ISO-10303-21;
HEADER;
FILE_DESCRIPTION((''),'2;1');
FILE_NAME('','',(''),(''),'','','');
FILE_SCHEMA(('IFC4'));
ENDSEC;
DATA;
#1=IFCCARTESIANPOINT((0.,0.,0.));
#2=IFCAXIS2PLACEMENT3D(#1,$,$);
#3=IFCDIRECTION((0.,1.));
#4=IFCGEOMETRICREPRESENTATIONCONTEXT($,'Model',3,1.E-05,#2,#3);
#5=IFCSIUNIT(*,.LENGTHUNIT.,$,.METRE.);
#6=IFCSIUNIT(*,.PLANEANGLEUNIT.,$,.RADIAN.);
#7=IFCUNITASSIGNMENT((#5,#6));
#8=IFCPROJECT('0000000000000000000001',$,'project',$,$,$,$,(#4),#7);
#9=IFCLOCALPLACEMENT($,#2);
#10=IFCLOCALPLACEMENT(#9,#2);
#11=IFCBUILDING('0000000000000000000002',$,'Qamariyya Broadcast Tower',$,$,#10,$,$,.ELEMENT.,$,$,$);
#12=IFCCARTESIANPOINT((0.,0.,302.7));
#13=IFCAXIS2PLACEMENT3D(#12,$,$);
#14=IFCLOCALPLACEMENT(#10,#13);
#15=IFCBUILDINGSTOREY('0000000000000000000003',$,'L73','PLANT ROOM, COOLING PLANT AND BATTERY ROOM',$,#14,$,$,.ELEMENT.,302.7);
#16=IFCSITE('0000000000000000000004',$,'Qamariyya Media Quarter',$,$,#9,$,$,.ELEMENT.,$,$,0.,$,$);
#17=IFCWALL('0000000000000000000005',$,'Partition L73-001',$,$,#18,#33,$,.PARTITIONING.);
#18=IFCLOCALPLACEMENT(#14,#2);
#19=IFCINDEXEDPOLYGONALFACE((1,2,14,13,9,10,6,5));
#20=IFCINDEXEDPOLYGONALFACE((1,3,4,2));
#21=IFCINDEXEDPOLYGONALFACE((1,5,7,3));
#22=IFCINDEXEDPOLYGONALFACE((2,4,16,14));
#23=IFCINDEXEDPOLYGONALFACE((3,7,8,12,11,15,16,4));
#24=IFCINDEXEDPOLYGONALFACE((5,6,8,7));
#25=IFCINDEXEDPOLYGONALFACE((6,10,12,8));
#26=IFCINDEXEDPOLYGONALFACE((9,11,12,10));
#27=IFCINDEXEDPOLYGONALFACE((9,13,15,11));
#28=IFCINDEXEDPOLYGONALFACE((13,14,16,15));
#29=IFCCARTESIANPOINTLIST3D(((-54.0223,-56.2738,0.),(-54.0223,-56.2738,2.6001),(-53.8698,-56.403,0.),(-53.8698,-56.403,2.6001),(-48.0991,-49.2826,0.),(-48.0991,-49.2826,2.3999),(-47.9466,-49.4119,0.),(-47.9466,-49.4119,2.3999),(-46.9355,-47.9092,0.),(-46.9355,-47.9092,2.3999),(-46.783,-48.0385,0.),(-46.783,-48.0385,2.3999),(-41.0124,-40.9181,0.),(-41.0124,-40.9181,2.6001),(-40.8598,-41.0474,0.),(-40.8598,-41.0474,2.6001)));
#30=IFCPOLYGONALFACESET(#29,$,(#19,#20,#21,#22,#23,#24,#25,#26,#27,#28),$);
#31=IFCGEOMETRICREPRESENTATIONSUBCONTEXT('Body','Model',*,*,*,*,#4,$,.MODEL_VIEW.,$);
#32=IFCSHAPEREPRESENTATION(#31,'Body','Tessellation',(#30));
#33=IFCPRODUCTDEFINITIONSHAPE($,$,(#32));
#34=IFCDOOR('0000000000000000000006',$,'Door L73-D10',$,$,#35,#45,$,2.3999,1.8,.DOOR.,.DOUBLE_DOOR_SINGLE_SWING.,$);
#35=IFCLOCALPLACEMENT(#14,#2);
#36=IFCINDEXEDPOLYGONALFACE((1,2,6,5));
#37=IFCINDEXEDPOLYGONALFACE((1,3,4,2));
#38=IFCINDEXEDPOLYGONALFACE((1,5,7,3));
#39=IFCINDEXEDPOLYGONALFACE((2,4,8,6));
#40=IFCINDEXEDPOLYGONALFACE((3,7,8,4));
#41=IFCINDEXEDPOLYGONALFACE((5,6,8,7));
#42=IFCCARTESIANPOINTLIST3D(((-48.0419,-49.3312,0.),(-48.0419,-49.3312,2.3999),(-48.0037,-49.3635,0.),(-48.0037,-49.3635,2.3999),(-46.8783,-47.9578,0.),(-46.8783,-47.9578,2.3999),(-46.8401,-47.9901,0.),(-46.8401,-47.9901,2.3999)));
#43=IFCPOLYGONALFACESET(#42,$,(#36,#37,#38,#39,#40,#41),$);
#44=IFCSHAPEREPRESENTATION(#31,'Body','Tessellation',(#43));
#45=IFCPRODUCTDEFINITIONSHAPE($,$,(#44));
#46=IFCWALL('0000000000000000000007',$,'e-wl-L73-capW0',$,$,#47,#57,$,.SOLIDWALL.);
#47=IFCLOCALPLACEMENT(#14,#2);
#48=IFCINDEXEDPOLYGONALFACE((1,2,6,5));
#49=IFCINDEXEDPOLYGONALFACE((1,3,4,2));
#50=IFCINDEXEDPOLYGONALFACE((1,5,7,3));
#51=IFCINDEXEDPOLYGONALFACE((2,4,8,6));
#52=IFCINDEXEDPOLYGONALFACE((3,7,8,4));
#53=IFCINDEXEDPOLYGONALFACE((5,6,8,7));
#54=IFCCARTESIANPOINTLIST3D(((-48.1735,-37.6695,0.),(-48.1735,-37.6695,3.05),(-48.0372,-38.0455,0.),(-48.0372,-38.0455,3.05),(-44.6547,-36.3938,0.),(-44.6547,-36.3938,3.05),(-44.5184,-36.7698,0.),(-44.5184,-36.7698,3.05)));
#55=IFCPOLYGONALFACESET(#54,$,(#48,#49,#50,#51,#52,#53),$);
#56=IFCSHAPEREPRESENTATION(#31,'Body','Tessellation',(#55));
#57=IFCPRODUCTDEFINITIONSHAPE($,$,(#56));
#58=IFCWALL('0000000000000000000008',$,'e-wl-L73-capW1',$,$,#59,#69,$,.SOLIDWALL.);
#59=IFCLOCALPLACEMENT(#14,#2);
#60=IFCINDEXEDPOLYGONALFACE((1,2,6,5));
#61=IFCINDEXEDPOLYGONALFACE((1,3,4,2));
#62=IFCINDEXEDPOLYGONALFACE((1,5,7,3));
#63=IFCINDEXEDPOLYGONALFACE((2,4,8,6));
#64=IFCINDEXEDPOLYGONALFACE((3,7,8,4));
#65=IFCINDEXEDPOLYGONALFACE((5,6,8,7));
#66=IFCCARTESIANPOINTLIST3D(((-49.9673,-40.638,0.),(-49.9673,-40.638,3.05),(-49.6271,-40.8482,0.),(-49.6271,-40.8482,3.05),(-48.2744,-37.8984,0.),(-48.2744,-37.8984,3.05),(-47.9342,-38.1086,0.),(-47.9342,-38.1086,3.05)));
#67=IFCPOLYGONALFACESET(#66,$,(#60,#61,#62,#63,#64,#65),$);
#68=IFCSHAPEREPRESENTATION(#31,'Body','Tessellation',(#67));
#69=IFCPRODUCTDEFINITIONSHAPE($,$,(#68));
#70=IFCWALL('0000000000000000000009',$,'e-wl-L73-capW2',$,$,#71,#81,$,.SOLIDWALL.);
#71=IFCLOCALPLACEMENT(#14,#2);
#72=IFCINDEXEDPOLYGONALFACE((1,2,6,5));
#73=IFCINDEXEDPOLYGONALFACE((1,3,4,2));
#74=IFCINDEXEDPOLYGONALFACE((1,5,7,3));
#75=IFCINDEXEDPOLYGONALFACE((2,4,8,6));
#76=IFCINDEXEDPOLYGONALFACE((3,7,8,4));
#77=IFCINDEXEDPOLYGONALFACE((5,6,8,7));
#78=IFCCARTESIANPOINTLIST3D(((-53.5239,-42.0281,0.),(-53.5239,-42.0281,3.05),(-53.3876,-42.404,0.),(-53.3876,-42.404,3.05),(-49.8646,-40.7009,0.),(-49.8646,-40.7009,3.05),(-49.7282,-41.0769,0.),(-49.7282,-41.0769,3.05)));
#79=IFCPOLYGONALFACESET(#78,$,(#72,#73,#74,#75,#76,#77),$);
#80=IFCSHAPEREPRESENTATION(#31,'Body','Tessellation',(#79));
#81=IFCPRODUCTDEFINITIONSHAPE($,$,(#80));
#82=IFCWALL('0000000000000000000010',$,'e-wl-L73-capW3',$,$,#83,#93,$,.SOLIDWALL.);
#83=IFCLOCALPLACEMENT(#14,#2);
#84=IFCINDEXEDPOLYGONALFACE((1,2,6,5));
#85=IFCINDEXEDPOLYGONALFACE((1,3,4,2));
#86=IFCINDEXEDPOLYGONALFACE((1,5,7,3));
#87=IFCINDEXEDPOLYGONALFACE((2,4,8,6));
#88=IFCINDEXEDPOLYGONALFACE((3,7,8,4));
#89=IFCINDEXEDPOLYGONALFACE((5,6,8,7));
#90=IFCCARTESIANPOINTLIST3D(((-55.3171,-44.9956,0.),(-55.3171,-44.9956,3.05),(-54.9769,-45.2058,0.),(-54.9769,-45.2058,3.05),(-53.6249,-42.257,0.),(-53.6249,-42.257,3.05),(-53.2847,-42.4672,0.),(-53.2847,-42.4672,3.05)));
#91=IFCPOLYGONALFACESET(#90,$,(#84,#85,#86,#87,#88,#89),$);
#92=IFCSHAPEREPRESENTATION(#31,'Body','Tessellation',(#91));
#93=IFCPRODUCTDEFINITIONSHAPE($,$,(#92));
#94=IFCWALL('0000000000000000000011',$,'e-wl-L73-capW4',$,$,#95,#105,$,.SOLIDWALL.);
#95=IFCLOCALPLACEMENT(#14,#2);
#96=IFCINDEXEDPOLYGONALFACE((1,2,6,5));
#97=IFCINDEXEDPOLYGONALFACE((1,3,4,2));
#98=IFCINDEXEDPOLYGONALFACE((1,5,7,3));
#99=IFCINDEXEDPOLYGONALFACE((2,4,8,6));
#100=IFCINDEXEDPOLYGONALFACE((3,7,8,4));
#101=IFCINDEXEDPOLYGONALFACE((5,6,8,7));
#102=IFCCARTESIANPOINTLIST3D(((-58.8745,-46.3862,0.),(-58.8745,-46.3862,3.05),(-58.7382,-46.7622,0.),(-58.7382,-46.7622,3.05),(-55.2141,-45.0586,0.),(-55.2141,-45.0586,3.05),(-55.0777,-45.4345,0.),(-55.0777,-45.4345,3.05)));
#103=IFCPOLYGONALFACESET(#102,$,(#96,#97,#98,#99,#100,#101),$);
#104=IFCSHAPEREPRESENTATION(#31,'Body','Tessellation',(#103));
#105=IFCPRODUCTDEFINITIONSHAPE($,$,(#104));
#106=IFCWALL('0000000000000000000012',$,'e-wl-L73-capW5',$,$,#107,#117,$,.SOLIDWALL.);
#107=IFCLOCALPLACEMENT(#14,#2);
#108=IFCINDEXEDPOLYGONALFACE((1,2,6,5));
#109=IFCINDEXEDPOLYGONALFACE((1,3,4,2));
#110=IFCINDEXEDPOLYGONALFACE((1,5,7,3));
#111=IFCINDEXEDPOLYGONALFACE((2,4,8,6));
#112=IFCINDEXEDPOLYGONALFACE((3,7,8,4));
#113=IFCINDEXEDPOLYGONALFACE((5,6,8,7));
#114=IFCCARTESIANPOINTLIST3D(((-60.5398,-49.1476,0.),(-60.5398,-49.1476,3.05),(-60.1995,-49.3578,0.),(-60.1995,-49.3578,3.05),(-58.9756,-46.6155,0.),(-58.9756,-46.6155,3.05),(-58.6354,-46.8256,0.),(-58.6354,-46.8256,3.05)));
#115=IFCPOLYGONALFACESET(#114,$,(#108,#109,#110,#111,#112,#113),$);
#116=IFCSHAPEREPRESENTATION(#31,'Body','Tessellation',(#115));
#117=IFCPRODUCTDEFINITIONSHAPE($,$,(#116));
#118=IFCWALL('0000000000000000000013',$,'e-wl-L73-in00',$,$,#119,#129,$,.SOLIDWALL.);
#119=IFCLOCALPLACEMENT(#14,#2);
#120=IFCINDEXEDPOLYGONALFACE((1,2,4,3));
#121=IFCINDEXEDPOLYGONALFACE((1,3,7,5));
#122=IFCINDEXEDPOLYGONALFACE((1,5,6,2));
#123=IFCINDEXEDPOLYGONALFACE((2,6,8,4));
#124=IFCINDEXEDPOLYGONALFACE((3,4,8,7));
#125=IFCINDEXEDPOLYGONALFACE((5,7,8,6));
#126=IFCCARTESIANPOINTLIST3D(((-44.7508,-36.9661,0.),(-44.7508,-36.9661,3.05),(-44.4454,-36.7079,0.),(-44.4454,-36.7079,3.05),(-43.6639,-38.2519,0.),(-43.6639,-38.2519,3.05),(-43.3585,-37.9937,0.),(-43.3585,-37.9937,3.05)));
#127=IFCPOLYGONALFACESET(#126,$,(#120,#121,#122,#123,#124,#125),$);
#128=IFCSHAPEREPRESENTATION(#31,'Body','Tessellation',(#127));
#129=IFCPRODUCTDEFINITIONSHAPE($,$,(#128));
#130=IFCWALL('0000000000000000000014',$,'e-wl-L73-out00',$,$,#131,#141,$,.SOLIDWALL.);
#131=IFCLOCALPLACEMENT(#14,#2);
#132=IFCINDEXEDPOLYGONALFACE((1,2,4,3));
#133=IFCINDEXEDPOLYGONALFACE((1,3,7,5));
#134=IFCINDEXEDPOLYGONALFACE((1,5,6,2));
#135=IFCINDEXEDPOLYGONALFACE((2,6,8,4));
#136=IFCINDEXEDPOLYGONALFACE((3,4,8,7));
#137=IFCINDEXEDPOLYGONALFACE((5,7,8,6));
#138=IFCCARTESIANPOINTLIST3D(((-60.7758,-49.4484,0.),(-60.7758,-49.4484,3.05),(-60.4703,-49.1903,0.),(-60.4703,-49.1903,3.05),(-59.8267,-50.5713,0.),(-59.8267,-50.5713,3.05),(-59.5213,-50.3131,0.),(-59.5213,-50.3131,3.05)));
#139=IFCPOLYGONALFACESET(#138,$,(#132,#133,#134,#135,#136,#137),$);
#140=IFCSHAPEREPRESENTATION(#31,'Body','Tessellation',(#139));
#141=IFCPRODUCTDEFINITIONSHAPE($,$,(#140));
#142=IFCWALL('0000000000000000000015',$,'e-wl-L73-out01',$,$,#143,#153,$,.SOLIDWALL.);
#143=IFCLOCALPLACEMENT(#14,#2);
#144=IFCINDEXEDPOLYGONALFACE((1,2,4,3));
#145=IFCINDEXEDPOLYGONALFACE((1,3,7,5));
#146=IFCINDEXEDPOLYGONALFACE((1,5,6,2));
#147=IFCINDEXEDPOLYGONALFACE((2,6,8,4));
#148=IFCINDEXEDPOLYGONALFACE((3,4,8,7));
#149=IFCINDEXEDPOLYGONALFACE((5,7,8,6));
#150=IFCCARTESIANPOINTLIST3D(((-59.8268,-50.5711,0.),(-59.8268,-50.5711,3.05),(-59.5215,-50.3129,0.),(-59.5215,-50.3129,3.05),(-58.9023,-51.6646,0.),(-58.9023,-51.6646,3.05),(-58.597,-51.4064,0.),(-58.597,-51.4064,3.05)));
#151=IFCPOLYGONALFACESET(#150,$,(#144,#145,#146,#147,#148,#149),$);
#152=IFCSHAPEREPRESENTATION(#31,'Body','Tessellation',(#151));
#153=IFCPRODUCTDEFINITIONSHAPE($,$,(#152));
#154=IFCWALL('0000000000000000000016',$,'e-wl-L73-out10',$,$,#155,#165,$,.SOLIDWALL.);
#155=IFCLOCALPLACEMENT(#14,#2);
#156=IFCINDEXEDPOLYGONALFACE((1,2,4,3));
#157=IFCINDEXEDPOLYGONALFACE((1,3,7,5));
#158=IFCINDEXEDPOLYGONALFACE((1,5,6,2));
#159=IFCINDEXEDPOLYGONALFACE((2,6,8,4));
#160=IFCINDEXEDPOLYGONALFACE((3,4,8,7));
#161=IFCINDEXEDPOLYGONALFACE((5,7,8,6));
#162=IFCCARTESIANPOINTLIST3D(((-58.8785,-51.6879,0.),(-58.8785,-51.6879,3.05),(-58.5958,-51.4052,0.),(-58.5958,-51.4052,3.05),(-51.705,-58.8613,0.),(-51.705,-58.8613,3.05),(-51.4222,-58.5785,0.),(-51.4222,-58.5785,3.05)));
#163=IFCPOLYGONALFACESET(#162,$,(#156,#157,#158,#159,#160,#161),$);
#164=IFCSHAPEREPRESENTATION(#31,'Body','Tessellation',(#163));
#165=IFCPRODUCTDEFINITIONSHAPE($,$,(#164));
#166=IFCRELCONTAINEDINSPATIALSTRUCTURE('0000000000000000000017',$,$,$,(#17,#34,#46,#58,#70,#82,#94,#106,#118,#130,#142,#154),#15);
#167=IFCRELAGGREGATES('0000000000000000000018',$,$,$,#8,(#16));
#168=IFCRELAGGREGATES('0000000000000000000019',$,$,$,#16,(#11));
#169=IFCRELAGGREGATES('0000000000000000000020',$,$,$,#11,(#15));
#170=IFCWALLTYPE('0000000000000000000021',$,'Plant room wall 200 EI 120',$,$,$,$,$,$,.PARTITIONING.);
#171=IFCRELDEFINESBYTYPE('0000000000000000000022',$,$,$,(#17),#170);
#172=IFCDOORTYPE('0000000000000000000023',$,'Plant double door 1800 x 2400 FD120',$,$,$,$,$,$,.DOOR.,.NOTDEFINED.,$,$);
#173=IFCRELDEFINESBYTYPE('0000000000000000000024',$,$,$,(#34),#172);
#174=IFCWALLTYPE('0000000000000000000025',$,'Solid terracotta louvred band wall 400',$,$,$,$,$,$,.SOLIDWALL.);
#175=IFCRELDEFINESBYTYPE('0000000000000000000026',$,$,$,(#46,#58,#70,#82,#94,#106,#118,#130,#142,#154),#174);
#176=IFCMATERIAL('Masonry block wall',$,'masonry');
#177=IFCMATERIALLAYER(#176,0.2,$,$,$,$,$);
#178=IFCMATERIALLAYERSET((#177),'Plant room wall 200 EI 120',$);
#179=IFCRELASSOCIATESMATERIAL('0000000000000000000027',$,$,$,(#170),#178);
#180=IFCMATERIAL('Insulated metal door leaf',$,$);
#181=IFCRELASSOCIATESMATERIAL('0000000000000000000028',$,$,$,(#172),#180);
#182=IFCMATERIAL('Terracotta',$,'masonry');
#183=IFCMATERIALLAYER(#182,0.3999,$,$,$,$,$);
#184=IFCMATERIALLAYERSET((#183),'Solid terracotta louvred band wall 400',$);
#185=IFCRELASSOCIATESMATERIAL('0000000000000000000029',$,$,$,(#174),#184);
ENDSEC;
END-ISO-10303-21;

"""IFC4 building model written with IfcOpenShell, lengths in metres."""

from ifc_helpers import new_model, si_unit, direction, frame, frame_2d, origin, place, context, subcontext, project, spatial, rectangle, extrude, material, layer, layer_set, type_object, element, fill, save


model = new_model("IFC4")

# Units and contexts
model_context = context("Model", 3, precision=1e-05, world=origin(), true_north=direction((0.0, 1.0)))
body_context = subcontext(model_context, "Body", "Model", "MODEL_VIEW")
ifc_project = project(units=[si_unit("LENGTHUNIT", "METRE"), si_unit("PLANEANGLEUNIT", "RADIAN")], contexts=[model_context])

# Site, building, storey
site_placement = place(None, origin())
site = spatial("IfcSite", under=ifc_project, at=site_placement, Name="Qamariyya Media Quarter", CompositionType="ELEMENT", RefElevation=0.0)
building_placement = place(site_placement, origin())
building = spatial("IfcBuilding", under=site, at=building_placement, Name="Qamariyya Broadcast Tower", CompositionType="ELEMENT")
storey_placement = place(building_placement, frame((0.0, 0.0, 302.7)))
storey = spatial("IfcBuildingStorey", under=building, at=storey_placement, Name="L73", Description="PLANT ROOM, COOLING PLANT AND BATTERY ROOM", CompositionType="ELEMENT", Elevation=302.7)

# Wall, opening, door
ifc_material_1 = material(Name="Masonry block wall", Category="masonry")
ifc_layer_1 = layer(ifc_material_1, 0.2)
ifc_layer_set_1 = layer_set([ifc_layer_1], Name="Plant room wall 200 EI 120")
wall_type_1 = type_object("IfcWallType", Name="Plant room wall 200 EI 120", PredefinedType="PARTITIONING", material=ifc_layer_set_1)
wall_1_placement = place(storey_placement, frame((-53.946, -56.3384, 0.0), z_axis=(0.0, 0.0, 1.0), x_axis=(0.646426, 0.762977, 0.0)))
wall_1 = element("IfcWall", 1, at=wall_1_placement, inside=storey, type_object=wall_type_1, Name="Partition L73-001", PredefinedType="PARTITIONING", context=body_context, shape_type="SweptSolid", body=[
    extrude(rectangle(XDim=20.126, YDim=0.2, at=frame_2d((10.063, 0.0))), origin(), (0.0, 0.0, 1.0), 2.6001),
])
opening_1_placement = place(wall_1_placement, frame((9.1631, 0.0, 0.0)))
opening_1 = element("IfcOpeningElement", 2, at=opening_1_placement, cuts=wall_1, PredefinedType="OPENING", context=body_context, shape_type="SweptSolid", body=[
    extrude(rectangle(XDim=1.8, YDim=2.3999, at=frame_2d((0.8999, 1.2))), frame((0.0, 0.1099, 0.0), z_axis=(0.0, -1.0, 0.0), x_axis=(1.0, 0.0, 0.0)), (0.0, 0.0, 1.0), 0.22),
])
ifc_material_2 = material(Name="Insulated metal door leaf")
door_type_1 = type_object("IfcDoorType", Name="Plant double door 1800 x 2400 FD120", OperationType="NOTDEFINED", PredefinedType="DOOR", material=ifc_material_2)
door_1_placement = place(opening_1_placement, origin())
door_1 = element("IfcDoor", 3, at=door_1_placement, inside=storey, type_object=door_type_1, Name="Door L73-D10", OperationType="DOUBLE_DOOR_SINGLE_SWING", OverallHeight=2.3999, OverallWidth=1.8, PredefinedType="DOOR", context=body_context, shape_type="SweptSolid", body=[
    extrude(rectangle(XDim=1.8, YDim=2.3999, at=frame_2d((0.8999, 1.2))), frame((0.0, 0.0249, 0.0), z_axis=(0.0, -1.0, 0.0), x_axis=(1.0, 0.0, 0.0)), (0.0, 0.0, 1.0), 0.05),
])
fill(opening_1, door_1)

# Walls
ifc_material_3 = material(Name="Terracotta", Category="masonry")
ifc_layer_2 = layer(ifc_material_3, 0.3999)
ifc_layer_set_2 = layer_set([ifc_layer_2], Name="Solid terracotta louvred band wall 400")
wall_type_2 = type_object("IfcWallType", Name="Solid terracotta louvred band wall 400", PredefinedType="SOLIDWALL", material=ifc_layer_set_2)
wall_2_placement = place(storey_placement, frame((-44.5864, -36.5818, 0.0), z_axis=(0.0, 0.0, 1.0), x_axis=(-0.94013, -0.340816, 0.0)))
element("IfcWall", 4, at=wall_2_placement, inside=storey, type_object=wall_type_2, Name="e-wl-L73-capW0", PredefinedType="SOLIDWALL", context=body_context, shape_type="SweptSolid", body=[
    extrude(rectangle(XDim=3.7429, YDim=0.3999, at=frame_2d((1.8716, 0.0))), origin(), (0.0, 0.0, 1.0), 3.05),
])
wall_3_placement = place(storey_placement, frame((-48.1042, -38.0034, 0.0), z_axis=(0.0, 0.0, 1.0), x_axis=(-0.525678, -0.850683, 0.0)))
element("IfcWall", 5, at=wall_3_placement, inside=storey, type_object=wall_type_2, Name="e-wl-L73-capW1", PredefinedType="SOLIDWALL", context=body_context, shape_type="SweptSolid", body=[
    extrude(rectangle(XDim=3.2205, YDim=0.3999, at=frame_2d((1.6104, 0.0))), origin(), (0.0, 0.0, 1.0), 3.05),
])
wall_4_placement = place(storey_placement, frame((-49.7964, -40.8889, 0.0), z_axis=(0.0, 0.0, 1.0), x_axis=(-0.940086, -0.340937, 0.0)))
element("IfcWall", 6, at=wall_4_placement, inside=storey, type_object=wall_type_2, Name="e-wl-L73-capW2", PredefinedType="SOLIDWALL", context=body_context, shape_type="SweptSolid", body=[
    extrude(rectangle(XDim=3.8926, YDim=0.3999, at=frame_2d((1.9463, 0.0))), origin(), (0.0, 0.0, 1.0), 3.05),
])
wall_5_placement = place(storey_placement, frame((-53.4548, -42.3621, 0.0), z_axis=(0.0, 0.0, 1.0), x_axis=(-0.525649, -0.850701, 0.0)))
element("IfcWall", 7, at=wall_5_placement, inside=storey, type_object=wall_type_2, Name="e-wl-L73-capW3", PredefinedType="SOLIDWALL", context=body_context, shape_type="SweptSolid", body=[
    extrude(rectangle(XDim=3.2192, YDim=0.3999, at=frame_2d((1.6096, 0.0))), origin(), (0.0, 0.0, 1.0), 3.05),
])
wall_6_placement = place(storey_placement, frame((-55.146, -45.2466, 0.0), z_axis=(0.0, 0.0, 1.0), x_axis=(-0.940075, -0.340968, 0.0)))
element("IfcWall", 8, at=wall_6_placement, inside=storey, type_object=wall_type_2, Name="e-wl-L73-capW4", PredefinedType="SOLIDWALL", context=body_context, shape_type="SweptSolid", body=[
    extrude(rectangle(XDim=3.8938, YDim=0.3999, at=frame_2d((1.9468, 0.0))), origin(), (0.0, 0.0, 1.0), 3.05),
])
wall_7_placement = place(storey_placement, frame((-58.8054, -46.7205, 0.0), z_axis=(0.0, 0.0, 1.0), x_axis=(-0.525538, -0.85077, 0.0)))
element("IfcWall", 9, at=wall_7_placement, inside=storey, type_object=wall_type_2, Name="e-wl-L73-capW5", PredefinedType="SOLIDWALL", context=body_context, shape_type="SweptSolid", body=[
    extrude(rectangle(XDim=2.9763, YDim=0.3999, at=frame_2d((1.4883, 0.0))), origin(), (0.0, 0.0, 1.0), 3.05),
])
wall_8_placement = place(storey_placement, frame((-43.5112, -38.1228, 0.0), z_axis=(0.0, 0.0, 1.0), x_axis=(-0.645546, 0.763722, 0.0)))
element("IfcWall", 10, at=wall_8_placement, inside=storey, type_object=wall_type_2, Name="e-wl-L73-in00", PredefinedType="SOLIDWALL", context=body_context, shape_type="SweptSolid", body=[
    extrude(rectangle(XDim=1.6836, YDim=0.3999, at=frame_2d((0.8418, 0.0))), origin(), (0.0, 0.0, 1.0), 3.05),
])
wall_9_placement = place(storey_placement, frame((-60.623, -49.3193, 0.0), z_axis=(0.0, 0.0, 1.0), x_axis=(0.64551, -0.763752, 0.0)))
element("IfcWall", 11, at=wall_9_placement, inside=storey, type_object=wall_type_2, Name="e-wl-L73-out00", PredefinedType="SOLIDWALL", context=body_context, shape_type="SweptSolid", body=[
    extrude(rectangle(XDim=1.4702, YDim=0.3999, at=frame_2d((0.7351, 0.0))), origin(), (0.0, 0.0, 1.0), 3.05),
])
wall_10_placement = place(storey_placement, frame((-59.6741, -50.4421, 0.0), z_axis=(0.0, 0.0, 1.0), x_axis=(0.645652, -0.763632, 0.0)))
element("IfcWall", 12, at=wall_10_placement, inside=storey, type_object=wall_type_2, Name="e-wl-L73-out01", PredefinedType="SOLIDWALL", context=body_context, shape_type="SweptSolid", body=[
    extrude(rectangle(XDim=1.4319, YDim=0.3999, at=frame_2d((0.7158, 0.0))), origin(), (0.0, 0.0, 1.0), 3.05),
])
wall_11_placement = place(storey_placement, frame((-58.7371, -51.5466, 0.0), z_axis=(0.0, 0.0, 1.0), x_axis=(0.707119, -0.707095, 0.0)))
element("IfcWall", 13, at=wall_11_placement, inside=storey, type_object=wall_type_2, Name="e-wl-L73-out10", PredefinedType="SOLIDWALL", context=body_context, shape_type="SweptSolid", body=[
    extrude(rectangle(XDim=10.1448, YDim=0.3999, at=frame_2d((5.0723, 0.0))), origin(), (0.0, 0.0, 1.0), 3.05),
])

save(model, "model.ifc")
